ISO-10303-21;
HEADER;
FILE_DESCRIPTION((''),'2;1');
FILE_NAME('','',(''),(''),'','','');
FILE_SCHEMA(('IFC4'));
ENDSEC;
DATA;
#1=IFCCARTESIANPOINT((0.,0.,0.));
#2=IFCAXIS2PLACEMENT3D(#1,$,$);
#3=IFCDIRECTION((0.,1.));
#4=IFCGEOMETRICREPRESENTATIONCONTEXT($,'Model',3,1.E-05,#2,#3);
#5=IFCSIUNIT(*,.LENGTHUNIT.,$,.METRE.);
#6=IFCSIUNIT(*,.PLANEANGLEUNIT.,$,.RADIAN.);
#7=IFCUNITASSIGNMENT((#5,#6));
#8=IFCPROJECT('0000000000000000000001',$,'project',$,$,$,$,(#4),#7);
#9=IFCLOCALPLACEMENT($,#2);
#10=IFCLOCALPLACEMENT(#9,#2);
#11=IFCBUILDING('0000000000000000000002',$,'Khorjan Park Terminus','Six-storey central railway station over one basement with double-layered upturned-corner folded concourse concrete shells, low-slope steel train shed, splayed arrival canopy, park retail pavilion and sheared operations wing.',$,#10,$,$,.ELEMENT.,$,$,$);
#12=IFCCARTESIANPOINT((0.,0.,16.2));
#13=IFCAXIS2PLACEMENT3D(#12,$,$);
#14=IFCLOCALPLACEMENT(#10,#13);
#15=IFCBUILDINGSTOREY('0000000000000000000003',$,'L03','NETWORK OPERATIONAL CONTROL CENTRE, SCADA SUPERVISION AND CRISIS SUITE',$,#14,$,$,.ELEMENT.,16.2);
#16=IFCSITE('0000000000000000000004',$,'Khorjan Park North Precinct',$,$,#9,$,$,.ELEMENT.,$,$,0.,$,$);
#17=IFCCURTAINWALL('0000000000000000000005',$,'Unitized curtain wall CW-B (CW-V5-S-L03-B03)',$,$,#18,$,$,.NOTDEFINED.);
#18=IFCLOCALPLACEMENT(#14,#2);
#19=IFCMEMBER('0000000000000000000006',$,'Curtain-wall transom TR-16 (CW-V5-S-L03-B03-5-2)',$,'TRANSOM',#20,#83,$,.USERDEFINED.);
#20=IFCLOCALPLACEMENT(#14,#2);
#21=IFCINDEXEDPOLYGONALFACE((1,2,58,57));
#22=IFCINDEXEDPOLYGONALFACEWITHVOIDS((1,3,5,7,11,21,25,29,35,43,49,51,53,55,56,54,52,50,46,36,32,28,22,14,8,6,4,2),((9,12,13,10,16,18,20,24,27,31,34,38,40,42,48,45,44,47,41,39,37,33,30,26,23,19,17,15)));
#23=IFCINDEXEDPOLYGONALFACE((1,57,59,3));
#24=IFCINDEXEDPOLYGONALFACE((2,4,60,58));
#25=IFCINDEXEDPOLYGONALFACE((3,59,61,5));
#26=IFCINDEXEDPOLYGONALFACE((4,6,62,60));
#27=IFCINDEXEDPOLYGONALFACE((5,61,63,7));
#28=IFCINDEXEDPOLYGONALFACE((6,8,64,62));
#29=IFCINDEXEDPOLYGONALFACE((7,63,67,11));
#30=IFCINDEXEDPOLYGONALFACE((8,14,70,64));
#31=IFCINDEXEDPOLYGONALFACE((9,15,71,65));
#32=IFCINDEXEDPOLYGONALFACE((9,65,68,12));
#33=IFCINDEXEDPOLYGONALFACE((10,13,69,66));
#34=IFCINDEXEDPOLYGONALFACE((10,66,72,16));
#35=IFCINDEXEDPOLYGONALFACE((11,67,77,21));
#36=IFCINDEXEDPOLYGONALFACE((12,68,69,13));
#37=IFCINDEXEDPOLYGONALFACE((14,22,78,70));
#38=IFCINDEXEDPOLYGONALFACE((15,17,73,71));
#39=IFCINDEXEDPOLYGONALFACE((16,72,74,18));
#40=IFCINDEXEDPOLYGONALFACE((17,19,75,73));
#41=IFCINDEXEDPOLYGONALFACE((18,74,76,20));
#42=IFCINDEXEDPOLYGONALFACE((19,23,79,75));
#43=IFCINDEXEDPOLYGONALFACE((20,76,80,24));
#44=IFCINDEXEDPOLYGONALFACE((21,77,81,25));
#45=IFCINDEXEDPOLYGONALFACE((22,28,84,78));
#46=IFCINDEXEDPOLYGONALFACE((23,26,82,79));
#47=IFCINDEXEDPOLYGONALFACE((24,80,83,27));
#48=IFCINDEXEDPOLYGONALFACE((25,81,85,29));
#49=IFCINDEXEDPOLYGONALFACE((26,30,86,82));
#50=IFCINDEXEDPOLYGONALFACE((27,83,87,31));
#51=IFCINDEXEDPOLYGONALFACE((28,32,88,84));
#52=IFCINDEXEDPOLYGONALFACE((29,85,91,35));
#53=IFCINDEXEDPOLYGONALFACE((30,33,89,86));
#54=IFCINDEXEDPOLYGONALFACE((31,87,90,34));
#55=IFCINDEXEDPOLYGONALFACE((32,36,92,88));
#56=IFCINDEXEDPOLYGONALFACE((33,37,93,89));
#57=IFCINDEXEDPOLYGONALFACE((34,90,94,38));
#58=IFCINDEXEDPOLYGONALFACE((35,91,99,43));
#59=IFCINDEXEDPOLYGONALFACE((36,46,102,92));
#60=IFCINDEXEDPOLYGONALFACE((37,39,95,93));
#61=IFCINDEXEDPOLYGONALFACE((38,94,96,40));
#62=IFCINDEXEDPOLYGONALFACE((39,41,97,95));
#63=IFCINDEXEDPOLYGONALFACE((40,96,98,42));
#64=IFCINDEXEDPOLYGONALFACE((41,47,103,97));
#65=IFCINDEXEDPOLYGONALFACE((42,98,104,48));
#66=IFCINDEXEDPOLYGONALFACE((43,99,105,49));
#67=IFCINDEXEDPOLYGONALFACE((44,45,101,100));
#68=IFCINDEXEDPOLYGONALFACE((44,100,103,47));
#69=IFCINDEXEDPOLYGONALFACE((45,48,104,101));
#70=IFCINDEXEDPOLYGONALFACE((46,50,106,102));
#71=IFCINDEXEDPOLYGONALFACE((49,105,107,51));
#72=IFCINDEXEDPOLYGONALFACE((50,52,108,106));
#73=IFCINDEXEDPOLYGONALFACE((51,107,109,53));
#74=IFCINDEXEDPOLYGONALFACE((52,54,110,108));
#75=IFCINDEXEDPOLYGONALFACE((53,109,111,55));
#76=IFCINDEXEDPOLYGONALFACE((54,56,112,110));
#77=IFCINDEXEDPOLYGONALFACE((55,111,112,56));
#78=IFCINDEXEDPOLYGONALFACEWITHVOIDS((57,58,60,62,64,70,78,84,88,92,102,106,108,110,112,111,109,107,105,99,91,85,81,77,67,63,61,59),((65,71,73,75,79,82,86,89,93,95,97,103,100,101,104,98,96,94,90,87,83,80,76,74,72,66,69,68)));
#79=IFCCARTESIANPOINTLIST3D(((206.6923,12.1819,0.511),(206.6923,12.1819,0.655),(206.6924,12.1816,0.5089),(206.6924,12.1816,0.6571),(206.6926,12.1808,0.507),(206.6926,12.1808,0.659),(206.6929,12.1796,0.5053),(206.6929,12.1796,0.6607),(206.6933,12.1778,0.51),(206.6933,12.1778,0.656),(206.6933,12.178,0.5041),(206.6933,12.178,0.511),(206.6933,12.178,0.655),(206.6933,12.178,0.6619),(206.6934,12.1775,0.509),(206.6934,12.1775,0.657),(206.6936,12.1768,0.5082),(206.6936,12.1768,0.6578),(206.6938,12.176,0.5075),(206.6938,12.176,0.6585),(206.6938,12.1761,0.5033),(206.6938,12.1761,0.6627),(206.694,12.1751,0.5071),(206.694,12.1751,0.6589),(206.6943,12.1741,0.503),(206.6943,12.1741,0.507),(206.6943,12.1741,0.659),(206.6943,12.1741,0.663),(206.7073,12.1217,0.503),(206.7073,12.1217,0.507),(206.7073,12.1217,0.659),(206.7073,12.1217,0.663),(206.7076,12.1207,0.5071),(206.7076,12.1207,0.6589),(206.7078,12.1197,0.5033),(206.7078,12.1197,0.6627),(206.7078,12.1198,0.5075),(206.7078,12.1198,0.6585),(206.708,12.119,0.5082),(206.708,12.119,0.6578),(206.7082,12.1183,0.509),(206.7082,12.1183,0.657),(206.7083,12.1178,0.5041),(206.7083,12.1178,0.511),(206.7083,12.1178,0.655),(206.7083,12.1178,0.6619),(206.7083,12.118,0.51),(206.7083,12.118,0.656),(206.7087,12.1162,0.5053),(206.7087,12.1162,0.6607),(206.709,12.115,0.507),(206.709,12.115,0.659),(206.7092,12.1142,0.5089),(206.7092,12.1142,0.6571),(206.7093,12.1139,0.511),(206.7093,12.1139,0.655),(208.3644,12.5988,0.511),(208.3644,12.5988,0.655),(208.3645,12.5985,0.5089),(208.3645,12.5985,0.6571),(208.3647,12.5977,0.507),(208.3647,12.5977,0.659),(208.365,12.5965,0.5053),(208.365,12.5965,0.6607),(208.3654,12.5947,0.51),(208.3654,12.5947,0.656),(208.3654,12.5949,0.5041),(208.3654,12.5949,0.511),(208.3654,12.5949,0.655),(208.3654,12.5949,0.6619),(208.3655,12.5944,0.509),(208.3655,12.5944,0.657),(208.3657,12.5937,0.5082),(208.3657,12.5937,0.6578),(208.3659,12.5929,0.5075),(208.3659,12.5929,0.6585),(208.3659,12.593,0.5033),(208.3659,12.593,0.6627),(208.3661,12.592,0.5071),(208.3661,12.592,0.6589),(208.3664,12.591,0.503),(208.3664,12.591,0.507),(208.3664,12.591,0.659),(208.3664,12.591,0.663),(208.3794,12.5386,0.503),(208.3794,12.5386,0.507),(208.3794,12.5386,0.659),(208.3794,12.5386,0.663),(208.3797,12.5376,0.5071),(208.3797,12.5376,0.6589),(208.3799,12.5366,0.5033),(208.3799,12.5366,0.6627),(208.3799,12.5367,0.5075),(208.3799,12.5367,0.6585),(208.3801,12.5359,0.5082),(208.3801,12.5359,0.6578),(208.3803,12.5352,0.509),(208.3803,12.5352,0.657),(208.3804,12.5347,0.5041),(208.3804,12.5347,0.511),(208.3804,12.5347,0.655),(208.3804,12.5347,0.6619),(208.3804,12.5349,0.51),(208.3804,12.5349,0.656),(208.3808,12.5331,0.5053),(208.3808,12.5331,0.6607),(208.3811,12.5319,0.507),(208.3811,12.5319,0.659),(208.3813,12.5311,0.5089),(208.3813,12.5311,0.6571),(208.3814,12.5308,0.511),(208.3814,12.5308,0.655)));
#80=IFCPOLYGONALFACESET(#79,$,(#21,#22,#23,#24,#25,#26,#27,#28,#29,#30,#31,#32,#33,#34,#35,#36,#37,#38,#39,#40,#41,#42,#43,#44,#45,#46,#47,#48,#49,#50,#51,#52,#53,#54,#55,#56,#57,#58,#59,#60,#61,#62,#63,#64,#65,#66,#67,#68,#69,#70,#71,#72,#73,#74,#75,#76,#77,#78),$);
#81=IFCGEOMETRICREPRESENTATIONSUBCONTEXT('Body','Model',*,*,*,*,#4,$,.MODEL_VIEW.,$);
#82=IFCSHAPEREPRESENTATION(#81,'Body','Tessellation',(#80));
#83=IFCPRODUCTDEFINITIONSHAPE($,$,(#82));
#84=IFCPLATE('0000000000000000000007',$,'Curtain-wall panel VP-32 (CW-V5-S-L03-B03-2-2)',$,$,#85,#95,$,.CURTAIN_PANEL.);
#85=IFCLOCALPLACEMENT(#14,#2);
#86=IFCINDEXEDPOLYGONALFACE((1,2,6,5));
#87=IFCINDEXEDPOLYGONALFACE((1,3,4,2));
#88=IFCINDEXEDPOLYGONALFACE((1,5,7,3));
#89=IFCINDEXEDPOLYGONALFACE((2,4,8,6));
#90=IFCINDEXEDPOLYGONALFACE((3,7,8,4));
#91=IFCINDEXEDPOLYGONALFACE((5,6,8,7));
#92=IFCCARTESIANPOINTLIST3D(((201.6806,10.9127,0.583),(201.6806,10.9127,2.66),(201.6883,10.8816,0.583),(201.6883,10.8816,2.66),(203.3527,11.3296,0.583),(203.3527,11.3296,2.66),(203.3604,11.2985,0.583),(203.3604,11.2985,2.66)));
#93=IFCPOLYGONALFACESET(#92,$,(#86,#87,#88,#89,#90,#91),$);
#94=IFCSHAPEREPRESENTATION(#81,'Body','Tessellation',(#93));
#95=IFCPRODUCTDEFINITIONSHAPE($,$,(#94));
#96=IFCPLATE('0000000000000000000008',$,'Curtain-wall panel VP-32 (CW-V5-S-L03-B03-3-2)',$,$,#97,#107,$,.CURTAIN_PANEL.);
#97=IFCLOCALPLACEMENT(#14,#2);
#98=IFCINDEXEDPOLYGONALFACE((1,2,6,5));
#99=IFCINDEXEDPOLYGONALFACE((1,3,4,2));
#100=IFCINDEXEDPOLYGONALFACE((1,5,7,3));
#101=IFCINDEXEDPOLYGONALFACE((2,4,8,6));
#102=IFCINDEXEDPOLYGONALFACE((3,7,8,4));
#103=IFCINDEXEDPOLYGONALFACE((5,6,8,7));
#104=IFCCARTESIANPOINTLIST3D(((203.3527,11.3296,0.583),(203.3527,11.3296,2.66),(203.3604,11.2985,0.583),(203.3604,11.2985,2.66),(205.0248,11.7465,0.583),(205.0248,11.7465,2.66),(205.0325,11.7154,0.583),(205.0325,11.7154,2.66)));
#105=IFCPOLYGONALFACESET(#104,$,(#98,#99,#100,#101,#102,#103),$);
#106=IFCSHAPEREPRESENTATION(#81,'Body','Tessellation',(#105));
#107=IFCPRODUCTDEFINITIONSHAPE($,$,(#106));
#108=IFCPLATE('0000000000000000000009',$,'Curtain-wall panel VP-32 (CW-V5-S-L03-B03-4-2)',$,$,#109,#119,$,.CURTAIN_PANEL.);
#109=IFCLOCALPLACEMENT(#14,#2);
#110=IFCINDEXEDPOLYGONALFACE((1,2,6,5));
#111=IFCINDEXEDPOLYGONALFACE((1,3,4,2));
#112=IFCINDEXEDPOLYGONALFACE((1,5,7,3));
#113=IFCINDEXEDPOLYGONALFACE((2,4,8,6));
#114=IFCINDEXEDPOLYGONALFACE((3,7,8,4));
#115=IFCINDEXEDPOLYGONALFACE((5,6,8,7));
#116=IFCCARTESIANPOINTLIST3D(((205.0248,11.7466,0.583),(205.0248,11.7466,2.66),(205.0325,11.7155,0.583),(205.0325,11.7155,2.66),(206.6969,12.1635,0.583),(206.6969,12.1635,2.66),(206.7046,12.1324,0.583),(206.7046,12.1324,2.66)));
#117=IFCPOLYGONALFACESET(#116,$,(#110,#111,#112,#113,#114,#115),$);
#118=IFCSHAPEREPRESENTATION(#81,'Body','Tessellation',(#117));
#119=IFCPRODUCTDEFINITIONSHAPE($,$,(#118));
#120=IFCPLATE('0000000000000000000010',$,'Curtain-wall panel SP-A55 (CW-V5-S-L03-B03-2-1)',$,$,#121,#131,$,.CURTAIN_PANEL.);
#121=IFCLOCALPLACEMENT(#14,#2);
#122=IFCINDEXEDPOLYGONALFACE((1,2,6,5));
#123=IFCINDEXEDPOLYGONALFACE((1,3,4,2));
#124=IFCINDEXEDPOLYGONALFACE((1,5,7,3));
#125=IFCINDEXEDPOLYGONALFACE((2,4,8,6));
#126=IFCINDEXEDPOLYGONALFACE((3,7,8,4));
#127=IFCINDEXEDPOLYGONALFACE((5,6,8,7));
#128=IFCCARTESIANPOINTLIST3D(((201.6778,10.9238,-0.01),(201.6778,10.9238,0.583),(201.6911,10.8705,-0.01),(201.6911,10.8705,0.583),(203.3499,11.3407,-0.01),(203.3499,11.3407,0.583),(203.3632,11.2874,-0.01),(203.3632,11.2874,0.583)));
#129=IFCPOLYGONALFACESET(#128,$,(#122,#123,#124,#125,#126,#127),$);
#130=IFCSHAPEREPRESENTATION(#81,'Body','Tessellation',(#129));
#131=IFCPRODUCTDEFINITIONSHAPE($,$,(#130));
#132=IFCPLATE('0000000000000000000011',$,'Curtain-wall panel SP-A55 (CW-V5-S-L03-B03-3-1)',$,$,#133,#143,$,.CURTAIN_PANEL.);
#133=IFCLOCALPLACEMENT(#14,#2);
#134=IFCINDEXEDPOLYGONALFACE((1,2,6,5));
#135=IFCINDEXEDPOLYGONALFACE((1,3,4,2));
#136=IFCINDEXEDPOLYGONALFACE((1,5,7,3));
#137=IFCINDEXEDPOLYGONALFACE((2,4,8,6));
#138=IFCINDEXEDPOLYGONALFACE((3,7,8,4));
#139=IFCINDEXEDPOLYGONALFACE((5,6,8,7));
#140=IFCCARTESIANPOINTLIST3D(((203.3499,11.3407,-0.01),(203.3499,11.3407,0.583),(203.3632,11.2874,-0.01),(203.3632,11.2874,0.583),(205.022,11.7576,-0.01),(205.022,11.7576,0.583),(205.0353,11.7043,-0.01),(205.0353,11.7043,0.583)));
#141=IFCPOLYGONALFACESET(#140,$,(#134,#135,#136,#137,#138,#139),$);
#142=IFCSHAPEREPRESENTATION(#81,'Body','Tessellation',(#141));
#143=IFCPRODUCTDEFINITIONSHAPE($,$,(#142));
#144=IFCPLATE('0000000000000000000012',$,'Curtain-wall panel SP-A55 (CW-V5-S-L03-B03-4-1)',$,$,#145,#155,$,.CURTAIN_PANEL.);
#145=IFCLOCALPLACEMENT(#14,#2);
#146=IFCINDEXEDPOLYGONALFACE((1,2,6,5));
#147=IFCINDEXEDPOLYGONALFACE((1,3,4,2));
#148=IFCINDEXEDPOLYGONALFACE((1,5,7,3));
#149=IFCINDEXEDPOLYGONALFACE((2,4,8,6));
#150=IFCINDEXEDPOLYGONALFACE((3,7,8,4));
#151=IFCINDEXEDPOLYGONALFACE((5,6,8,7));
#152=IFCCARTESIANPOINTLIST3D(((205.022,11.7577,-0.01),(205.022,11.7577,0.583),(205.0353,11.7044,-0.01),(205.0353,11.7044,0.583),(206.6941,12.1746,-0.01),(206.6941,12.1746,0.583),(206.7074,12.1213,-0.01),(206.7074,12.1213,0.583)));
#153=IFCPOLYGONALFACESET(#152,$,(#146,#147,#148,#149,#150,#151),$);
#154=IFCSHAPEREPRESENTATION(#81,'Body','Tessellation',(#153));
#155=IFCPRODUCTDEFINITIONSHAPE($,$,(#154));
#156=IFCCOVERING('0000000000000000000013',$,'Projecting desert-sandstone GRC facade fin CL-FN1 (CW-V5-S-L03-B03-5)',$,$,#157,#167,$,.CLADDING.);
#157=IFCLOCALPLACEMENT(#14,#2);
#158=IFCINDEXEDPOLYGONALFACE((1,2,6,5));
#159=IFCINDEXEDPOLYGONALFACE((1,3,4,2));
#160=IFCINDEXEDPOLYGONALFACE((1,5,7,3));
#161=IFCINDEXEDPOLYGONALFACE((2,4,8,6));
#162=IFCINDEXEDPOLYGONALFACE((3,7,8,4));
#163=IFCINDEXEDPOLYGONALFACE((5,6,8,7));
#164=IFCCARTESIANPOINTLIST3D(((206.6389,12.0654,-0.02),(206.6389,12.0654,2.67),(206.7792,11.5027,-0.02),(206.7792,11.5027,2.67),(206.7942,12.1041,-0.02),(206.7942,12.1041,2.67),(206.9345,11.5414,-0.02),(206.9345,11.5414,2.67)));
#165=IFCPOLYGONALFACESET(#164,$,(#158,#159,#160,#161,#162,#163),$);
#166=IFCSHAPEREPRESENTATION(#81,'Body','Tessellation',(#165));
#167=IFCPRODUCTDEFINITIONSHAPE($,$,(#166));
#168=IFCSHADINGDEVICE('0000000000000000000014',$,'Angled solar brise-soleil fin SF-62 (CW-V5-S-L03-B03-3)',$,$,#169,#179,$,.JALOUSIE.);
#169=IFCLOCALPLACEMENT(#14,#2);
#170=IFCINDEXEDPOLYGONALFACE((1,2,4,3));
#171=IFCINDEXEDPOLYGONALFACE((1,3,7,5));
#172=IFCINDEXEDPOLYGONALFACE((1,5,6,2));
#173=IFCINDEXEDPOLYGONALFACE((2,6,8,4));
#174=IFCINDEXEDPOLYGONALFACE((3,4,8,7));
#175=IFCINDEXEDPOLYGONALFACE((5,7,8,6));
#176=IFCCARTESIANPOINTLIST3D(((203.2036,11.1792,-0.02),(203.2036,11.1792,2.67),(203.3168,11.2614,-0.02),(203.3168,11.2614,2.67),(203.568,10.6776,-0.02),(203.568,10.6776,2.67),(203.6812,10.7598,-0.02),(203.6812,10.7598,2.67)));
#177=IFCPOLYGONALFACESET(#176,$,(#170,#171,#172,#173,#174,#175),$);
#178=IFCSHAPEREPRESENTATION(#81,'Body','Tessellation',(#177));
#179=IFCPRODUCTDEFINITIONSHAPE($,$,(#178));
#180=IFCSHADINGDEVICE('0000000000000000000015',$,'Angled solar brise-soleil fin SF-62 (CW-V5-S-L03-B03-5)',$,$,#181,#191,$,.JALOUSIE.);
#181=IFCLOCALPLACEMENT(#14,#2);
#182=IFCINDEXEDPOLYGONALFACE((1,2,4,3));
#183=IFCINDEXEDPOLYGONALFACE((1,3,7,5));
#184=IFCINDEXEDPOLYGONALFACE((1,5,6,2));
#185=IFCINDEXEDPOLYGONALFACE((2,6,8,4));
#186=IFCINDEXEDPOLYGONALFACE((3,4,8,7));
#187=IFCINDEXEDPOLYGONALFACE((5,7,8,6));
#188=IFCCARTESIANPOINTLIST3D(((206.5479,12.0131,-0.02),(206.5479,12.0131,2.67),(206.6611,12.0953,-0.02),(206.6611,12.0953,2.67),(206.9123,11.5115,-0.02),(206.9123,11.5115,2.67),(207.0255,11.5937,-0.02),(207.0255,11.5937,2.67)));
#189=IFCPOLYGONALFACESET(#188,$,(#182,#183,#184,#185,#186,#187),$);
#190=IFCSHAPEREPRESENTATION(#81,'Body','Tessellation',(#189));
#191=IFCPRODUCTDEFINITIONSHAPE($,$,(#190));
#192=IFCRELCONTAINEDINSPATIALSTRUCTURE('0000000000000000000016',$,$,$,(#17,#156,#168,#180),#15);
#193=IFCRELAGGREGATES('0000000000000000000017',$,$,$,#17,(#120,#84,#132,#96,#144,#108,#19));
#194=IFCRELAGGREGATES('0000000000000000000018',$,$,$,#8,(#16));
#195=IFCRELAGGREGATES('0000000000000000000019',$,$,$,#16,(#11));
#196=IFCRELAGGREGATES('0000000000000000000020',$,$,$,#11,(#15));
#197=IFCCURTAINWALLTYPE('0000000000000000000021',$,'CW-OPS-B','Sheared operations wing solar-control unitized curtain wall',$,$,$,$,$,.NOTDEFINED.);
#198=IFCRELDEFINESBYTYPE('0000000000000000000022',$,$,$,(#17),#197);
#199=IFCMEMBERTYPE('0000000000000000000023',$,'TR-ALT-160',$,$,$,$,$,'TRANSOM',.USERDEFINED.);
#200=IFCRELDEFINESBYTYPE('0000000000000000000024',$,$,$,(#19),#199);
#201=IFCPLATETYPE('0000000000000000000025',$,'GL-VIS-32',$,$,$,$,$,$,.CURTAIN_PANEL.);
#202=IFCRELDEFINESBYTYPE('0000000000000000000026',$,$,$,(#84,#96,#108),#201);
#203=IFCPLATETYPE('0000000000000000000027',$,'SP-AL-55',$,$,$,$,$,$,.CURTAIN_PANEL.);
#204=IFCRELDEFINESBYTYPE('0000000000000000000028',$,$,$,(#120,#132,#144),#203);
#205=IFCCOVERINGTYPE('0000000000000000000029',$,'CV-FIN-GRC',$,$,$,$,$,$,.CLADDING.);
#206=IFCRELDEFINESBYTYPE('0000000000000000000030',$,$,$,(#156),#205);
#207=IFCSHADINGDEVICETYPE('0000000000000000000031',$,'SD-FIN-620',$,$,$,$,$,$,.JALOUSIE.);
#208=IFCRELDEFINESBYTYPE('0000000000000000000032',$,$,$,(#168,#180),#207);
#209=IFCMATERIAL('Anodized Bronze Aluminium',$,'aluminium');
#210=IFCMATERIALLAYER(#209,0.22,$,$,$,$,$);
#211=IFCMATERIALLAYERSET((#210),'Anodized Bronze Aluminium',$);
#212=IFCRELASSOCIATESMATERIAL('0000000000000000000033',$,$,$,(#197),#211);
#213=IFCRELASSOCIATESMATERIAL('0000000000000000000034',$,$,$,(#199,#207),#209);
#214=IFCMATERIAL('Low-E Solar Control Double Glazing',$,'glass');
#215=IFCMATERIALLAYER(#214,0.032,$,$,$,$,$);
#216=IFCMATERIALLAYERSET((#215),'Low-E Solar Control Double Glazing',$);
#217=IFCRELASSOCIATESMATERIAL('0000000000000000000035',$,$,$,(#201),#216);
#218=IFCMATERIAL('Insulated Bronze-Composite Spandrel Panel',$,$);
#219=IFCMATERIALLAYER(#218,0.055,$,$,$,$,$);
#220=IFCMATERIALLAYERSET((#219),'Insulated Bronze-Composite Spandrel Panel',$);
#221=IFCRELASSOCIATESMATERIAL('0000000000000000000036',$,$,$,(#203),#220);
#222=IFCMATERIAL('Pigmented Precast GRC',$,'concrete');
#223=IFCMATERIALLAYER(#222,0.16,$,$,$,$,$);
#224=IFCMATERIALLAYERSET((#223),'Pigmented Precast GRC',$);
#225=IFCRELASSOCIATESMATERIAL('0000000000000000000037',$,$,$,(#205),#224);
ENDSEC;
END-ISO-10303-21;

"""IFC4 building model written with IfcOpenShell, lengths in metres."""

from ifc_helpers import new_model, si_unit, direction, frame, origin, origin_2d, place, context, subcontext, project, spatial, rectangle, hollow_rectangle, extrude, material, layer, layer_set, material_profile, profile_set, type_object, element, aggregate, save


model = new_model("IFC4")

# Units and contexts
model_context = context("Model", 3, precision=1e-05, world=origin(), true_north=direction((0.0, 1.0)))
body_context = subcontext(model_context, "Body", "Model", "MODEL_VIEW")
ifc_project = project(units=[si_unit("LENGTHUNIT", "METRE"), si_unit("PLANEANGLEUNIT", "RADIAN")], contexts=[model_context])

# Site, building, storey
site_placement = place(None, origin())
site = spatial("IfcSite", under=ifc_project, at=site_placement, Name="Khorjan Park North Precinct", CompositionType="ELEMENT", RefElevation=0.0)
building_placement = place(site_placement, origin())
building = spatial("IfcBuilding", under=site, at=building_placement, Name="Khorjan Park Terminus", Description="Six-storey central railway station over one basement with double-layered upturned-corner folded concourse concrete shells, low-slope steel train shed, splayed arrival canopy, park retail pavilion and sheared operations wing.", CompositionType="ELEMENT")
storey_placement = place(building_placement, frame((0.0, 0.0, 16.2)))
storey = spatial("IfcBuildingStorey", under=building, at=storey_placement, Name="L03", Description="NETWORK OPERATIONAL CONTROL CENTRE, SCADA SUPERVISION AND CRISIS SUITE", CompositionType="ELEMENT", Elevation=16.2)

# Curtain wall, member, plates
ifc_material_1 = material(Name="Anodized Bronze Aluminium", Category="aluminium")
ifc_layer_1 = layer(ifc_material_1, 0.22)
ifc_layer_set_1 = layer_set([ifc_layer_1], Name="Anodized Bronze Aluminium")
curtain_wall_type = type_object("IfcCurtainWallType", Name="CW-OPS-B", Description="Sheared operations wing solar-control unitized curtain wall", PredefinedType="NOTDEFINED", material=ifc_layer_set_1)
curtain_wall_placement = place(storey_placement, origin())
curtain_wall = element("IfcCurtainWall", 1, at=curtain_wall_placement, inside=storey, type_object=curtain_wall_type, Name="Unitized curtain wall CW-B (CW-V5-S-L03-B03)", PredefinedType="NOTDEFINED")
ifc_material_profile_1 = material_profile(ifc_material_1, hollow_rectangle(XDim=0.07, YDim=0.16, WallThickness=0.004, InnerFilletRadius=0.004, OuterFilletRadius=0.008, at=origin_2d()), Name="ALT 70x160x4")
ifc_profile_set_1 = profile_set([ifc_material_profile_1], Name="Anodized Bronze Aluminium")
member_type_1 = type_object("IfcMemberType", Name="TR-ALT-160", ElementType="TRANSOM", PredefinedType="USERDEFINED", material=ifc_profile_set_1)
member_1_placement = place(storey_placement, frame((206.7008, 12.1479, 0.583), z_axis=(0.970296, 0.241921, 0.0), x_axis=(-0.241921, 0.970296, 0.0)))
member_1 = element("IfcMember", 2, at=member_1_placement, type_object=member_type_1, Name="Curtain-wall transom TR-16 (CW-V5-S-L03-B03-5-2)", ObjectType="TRANSOM", PredefinedType="USERDEFINED", context=body_context, shape_type="SweptSolid", body=[
    extrude(hollow_rectangle(XDim=0.07, YDim=0.16, WallThickness=0.004, InnerFilletRadius=0.004, OuterFilletRadius=0.008, at=origin_2d()), origin(), (0.0, 0.0, 1.0), 1.7233),
])
ifc_material_2 = material(Name="Low-E Solar Control Double Glazing", Category="glass")
ifc_layer_2 = layer(ifc_material_2, 0.032)
ifc_layer_set_2 = layer_set([ifc_layer_2], Name="Low-E Solar Control Double Glazing")
plate_type_1 = type_object("IfcPlateType", Name="GL-VIS-32", PredefinedType="CURTAIN_PANEL", material=ifc_layer_set_2)
plate_1_placement = place(storey_placement, frame((202.5205, 11.1056, 0.583), z_axis=(0.0, 0.0, 1.0), x_axis=(0.970295, 0.241926, 0.0)))
plate_1 = element("IfcPlate", 3, at=plate_1_placement, type_object=plate_type_1, Name="Curtain-wall panel VP-32 (CW-V5-S-L03-B03-2-2)", PredefinedType="CURTAIN_PANEL", context=body_context, shape_type="SweptSolid", body=[
    extrude(rectangle(XDim=1.7233, YDim=0.032, at=origin_2d()), origin(), (0.0, 0.0, 1.0), 2.077),
])
plate_2_placement = place(storey_placement, frame((204.1926, 11.5225, 0.583), z_axis=(0.0, 0.0, 1.0), x_axis=(0.970295, 0.241926, 0.0)))
plate_2 = element("IfcPlate", 4, at=plate_2_placement, type_object=plate_type_1, Name="Curtain-wall panel VP-32 (CW-V5-S-L03-B03-3-2)", PredefinedType="CURTAIN_PANEL", context=body_context, shape_type="SweptSolid", body=[
    extrude(rectangle(XDim=1.7233, YDim=0.032, at=origin_2d()), origin(), (0.0, 0.0, 1.0), 2.077),
])
plate_3_placement = place(storey_placement, frame((205.8647, 11.9395, 0.583), z_axis=(0.0, 0.0, 1.0), x_axis=(0.970295, 0.241926, 0.0)))
plate_3 = element("IfcPlate", 5, at=plate_3_placement, type_object=plate_type_1, Name="Curtain-wall panel VP-32 (CW-V5-S-L03-B03-4-2)", PredefinedType="CURTAIN_PANEL", context=body_context, shape_type="SweptSolid", body=[
    extrude(rectangle(XDim=1.7233, YDim=0.032, at=origin_2d()), origin(), (0.0, 0.0, 1.0), 2.077),
])
ifc_material_3 = material(Name="Insulated Bronze-Composite Spandrel Panel")
ifc_layer_3 = layer(ifc_material_3, 0.055)
ifc_layer_set_3 = layer_set([ifc_layer_3], Name="Insulated Bronze-Composite Spandrel Panel")
plate_type_2 = type_object("IfcPlateType", Name="SP-AL-55", PredefinedType="CURTAIN_PANEL", material=ifc_layer_set_3)
plate_4_placement = place(storey_placement, frame((202.5205, 11.1056, -0.01), z_axis=(0.0, 0.0, 1.0), x_axis=(0.970295, 0.241926, 0.0)))
plate_4 = element("IfcPlate", 6, at=plate_4_placement, type_object=plate_type_2, Name="Curtain-wall panel SP-A55 (CW-V5-S-L03-B03-2-1)", PredefinedType="CURTAIN_PANEL", context=body_context, shape_type="SweptSolid", body=[
    extrude(rectangle(XDim=1.7233, YDim=0.055, at=origin_2d()), origin(), (0.0, 0.0, 1.0), 0.593),
])
plate_5_placement = place(storey_placement, frame((204.1926, 11.5225, -0.01), z_axis=(0.0, 0.0, 1.0), x_axis=(0.970295, 0.241926, 0.0)))
plate_5 = element("IfcPlate", 7, at=plate_5_placement, type_object=plate_type_2, Name="Curtain-wall panel SP-A55 (CW-V5-S-L03-B03-3-1)", PredefinedType="CURTAIN_PANEL", context=body_context, shape_type="SweptSolid", body=[
    extrude(rectangle(XDim=1.7233, YDim=0.055, at=origin_2d()), origin(), (0.0, 0.0, 1.0), 0.593),
])
plate_6_placement = place(storey_placement, frame((205.8647, 11.9395, -0.01), z_axis=(0.0, 0.0, 1.0), x_axis=(0.970295, 0.241926, 0.0)))
plate_6 = element("IfcPlate", 8, at=plate_6_placement, type_object=plate_type_2, Name="Curtain-wall panel SP-A55 (CW-V5-S-L03-B03-4-1)", PredefinedType="CURTAIN_PANEL", context=body_context, shape_type="SweptSolid", body=[
    extrude(rectangle(XDim=1.7233, YDim=0.055, at=origin_2d()), origin(), (0.0, 0.0, 1.0), 0.593),
])
aggregate(curtain_wall, [plate_4, plate_1, plate_5, plate_2, plate_6, plate_3, member_1])

# Covering
ifc_material_4 = material(Name="Pigmented Precast GRC", Category="concrete")
ifc_layer_4 = layer(ifc_material_4, 0.16)
ifc_layer_set_4 = layer_set([ifc_layer_4], Name="Pigmented Precast GRC")
covering_type = type_object("IfcCoveringType", Name="CV-FIN-GRC", PredefinedType="CLADDING", material=ifc_layer_set_4)
covering_placement = place(storey_placement, frame((206.7867, 11.8034, -0.02), z_axis=(0.0, 0.0, 1.0), x_axis=(-0.241922, 0.970296, 0.0)))
element("IfcCovering", 9, at=covering_placement, inside=storey, type_object=covering_type, Name="Projecting desert-sandstone GRC facade fin CL-FN1 (CW-V5-S-L03-B03-5)", PredefinedType="CLADDING", context=body_context, shape_type="SweptSolid", body=[
    extrude(rectangle(XDim=0.58, YDim=0.16, at=origin_2d()), origin(), (0.0, 0.0, 1.0), 2.69),
])

# Shading devices
shading_device_type = type_object("IfcShadingDeviceType", Name="SD-FIN-620", PredefinedType="JALOUSIE", material=ifc_material_1)
for number, where, z_axis, x_axis, name in (
    (10, (203.4424, 10.9695, -0.02), (0.0, 0.0, 1.0), (-0.587785, 0.809017, 0.0), "Angled solar brise-soleil fin SF-62 (CW-V5-S-L03-B03-3)"),
    (11, (206.7867, 11.8034, -0.02), (0.0, 0.0, 1.0), (-0.587785, 0.809017, 0.0), "Angled solar brise-soleil fin SF-62 (CW-V5-S-L03-B03-5)"),
):
    element("IfcShadingDevice", number, at=place(storey_placement, frame(where, z_axis=z_axis, x_axis=x_axis)), inside=storey, type_object=shading_device_type, Name=name, PredefinedType="JALOUSIE", context=body_context, shape_type="SweptSolid", body=[
        extrude(rectangle(XDim=0.62, YDim=0.14, at=origin_2d()), origin(), (0.0, 0.0, 1.0), 2.69),
    ])

save(model, "model.ifc")
